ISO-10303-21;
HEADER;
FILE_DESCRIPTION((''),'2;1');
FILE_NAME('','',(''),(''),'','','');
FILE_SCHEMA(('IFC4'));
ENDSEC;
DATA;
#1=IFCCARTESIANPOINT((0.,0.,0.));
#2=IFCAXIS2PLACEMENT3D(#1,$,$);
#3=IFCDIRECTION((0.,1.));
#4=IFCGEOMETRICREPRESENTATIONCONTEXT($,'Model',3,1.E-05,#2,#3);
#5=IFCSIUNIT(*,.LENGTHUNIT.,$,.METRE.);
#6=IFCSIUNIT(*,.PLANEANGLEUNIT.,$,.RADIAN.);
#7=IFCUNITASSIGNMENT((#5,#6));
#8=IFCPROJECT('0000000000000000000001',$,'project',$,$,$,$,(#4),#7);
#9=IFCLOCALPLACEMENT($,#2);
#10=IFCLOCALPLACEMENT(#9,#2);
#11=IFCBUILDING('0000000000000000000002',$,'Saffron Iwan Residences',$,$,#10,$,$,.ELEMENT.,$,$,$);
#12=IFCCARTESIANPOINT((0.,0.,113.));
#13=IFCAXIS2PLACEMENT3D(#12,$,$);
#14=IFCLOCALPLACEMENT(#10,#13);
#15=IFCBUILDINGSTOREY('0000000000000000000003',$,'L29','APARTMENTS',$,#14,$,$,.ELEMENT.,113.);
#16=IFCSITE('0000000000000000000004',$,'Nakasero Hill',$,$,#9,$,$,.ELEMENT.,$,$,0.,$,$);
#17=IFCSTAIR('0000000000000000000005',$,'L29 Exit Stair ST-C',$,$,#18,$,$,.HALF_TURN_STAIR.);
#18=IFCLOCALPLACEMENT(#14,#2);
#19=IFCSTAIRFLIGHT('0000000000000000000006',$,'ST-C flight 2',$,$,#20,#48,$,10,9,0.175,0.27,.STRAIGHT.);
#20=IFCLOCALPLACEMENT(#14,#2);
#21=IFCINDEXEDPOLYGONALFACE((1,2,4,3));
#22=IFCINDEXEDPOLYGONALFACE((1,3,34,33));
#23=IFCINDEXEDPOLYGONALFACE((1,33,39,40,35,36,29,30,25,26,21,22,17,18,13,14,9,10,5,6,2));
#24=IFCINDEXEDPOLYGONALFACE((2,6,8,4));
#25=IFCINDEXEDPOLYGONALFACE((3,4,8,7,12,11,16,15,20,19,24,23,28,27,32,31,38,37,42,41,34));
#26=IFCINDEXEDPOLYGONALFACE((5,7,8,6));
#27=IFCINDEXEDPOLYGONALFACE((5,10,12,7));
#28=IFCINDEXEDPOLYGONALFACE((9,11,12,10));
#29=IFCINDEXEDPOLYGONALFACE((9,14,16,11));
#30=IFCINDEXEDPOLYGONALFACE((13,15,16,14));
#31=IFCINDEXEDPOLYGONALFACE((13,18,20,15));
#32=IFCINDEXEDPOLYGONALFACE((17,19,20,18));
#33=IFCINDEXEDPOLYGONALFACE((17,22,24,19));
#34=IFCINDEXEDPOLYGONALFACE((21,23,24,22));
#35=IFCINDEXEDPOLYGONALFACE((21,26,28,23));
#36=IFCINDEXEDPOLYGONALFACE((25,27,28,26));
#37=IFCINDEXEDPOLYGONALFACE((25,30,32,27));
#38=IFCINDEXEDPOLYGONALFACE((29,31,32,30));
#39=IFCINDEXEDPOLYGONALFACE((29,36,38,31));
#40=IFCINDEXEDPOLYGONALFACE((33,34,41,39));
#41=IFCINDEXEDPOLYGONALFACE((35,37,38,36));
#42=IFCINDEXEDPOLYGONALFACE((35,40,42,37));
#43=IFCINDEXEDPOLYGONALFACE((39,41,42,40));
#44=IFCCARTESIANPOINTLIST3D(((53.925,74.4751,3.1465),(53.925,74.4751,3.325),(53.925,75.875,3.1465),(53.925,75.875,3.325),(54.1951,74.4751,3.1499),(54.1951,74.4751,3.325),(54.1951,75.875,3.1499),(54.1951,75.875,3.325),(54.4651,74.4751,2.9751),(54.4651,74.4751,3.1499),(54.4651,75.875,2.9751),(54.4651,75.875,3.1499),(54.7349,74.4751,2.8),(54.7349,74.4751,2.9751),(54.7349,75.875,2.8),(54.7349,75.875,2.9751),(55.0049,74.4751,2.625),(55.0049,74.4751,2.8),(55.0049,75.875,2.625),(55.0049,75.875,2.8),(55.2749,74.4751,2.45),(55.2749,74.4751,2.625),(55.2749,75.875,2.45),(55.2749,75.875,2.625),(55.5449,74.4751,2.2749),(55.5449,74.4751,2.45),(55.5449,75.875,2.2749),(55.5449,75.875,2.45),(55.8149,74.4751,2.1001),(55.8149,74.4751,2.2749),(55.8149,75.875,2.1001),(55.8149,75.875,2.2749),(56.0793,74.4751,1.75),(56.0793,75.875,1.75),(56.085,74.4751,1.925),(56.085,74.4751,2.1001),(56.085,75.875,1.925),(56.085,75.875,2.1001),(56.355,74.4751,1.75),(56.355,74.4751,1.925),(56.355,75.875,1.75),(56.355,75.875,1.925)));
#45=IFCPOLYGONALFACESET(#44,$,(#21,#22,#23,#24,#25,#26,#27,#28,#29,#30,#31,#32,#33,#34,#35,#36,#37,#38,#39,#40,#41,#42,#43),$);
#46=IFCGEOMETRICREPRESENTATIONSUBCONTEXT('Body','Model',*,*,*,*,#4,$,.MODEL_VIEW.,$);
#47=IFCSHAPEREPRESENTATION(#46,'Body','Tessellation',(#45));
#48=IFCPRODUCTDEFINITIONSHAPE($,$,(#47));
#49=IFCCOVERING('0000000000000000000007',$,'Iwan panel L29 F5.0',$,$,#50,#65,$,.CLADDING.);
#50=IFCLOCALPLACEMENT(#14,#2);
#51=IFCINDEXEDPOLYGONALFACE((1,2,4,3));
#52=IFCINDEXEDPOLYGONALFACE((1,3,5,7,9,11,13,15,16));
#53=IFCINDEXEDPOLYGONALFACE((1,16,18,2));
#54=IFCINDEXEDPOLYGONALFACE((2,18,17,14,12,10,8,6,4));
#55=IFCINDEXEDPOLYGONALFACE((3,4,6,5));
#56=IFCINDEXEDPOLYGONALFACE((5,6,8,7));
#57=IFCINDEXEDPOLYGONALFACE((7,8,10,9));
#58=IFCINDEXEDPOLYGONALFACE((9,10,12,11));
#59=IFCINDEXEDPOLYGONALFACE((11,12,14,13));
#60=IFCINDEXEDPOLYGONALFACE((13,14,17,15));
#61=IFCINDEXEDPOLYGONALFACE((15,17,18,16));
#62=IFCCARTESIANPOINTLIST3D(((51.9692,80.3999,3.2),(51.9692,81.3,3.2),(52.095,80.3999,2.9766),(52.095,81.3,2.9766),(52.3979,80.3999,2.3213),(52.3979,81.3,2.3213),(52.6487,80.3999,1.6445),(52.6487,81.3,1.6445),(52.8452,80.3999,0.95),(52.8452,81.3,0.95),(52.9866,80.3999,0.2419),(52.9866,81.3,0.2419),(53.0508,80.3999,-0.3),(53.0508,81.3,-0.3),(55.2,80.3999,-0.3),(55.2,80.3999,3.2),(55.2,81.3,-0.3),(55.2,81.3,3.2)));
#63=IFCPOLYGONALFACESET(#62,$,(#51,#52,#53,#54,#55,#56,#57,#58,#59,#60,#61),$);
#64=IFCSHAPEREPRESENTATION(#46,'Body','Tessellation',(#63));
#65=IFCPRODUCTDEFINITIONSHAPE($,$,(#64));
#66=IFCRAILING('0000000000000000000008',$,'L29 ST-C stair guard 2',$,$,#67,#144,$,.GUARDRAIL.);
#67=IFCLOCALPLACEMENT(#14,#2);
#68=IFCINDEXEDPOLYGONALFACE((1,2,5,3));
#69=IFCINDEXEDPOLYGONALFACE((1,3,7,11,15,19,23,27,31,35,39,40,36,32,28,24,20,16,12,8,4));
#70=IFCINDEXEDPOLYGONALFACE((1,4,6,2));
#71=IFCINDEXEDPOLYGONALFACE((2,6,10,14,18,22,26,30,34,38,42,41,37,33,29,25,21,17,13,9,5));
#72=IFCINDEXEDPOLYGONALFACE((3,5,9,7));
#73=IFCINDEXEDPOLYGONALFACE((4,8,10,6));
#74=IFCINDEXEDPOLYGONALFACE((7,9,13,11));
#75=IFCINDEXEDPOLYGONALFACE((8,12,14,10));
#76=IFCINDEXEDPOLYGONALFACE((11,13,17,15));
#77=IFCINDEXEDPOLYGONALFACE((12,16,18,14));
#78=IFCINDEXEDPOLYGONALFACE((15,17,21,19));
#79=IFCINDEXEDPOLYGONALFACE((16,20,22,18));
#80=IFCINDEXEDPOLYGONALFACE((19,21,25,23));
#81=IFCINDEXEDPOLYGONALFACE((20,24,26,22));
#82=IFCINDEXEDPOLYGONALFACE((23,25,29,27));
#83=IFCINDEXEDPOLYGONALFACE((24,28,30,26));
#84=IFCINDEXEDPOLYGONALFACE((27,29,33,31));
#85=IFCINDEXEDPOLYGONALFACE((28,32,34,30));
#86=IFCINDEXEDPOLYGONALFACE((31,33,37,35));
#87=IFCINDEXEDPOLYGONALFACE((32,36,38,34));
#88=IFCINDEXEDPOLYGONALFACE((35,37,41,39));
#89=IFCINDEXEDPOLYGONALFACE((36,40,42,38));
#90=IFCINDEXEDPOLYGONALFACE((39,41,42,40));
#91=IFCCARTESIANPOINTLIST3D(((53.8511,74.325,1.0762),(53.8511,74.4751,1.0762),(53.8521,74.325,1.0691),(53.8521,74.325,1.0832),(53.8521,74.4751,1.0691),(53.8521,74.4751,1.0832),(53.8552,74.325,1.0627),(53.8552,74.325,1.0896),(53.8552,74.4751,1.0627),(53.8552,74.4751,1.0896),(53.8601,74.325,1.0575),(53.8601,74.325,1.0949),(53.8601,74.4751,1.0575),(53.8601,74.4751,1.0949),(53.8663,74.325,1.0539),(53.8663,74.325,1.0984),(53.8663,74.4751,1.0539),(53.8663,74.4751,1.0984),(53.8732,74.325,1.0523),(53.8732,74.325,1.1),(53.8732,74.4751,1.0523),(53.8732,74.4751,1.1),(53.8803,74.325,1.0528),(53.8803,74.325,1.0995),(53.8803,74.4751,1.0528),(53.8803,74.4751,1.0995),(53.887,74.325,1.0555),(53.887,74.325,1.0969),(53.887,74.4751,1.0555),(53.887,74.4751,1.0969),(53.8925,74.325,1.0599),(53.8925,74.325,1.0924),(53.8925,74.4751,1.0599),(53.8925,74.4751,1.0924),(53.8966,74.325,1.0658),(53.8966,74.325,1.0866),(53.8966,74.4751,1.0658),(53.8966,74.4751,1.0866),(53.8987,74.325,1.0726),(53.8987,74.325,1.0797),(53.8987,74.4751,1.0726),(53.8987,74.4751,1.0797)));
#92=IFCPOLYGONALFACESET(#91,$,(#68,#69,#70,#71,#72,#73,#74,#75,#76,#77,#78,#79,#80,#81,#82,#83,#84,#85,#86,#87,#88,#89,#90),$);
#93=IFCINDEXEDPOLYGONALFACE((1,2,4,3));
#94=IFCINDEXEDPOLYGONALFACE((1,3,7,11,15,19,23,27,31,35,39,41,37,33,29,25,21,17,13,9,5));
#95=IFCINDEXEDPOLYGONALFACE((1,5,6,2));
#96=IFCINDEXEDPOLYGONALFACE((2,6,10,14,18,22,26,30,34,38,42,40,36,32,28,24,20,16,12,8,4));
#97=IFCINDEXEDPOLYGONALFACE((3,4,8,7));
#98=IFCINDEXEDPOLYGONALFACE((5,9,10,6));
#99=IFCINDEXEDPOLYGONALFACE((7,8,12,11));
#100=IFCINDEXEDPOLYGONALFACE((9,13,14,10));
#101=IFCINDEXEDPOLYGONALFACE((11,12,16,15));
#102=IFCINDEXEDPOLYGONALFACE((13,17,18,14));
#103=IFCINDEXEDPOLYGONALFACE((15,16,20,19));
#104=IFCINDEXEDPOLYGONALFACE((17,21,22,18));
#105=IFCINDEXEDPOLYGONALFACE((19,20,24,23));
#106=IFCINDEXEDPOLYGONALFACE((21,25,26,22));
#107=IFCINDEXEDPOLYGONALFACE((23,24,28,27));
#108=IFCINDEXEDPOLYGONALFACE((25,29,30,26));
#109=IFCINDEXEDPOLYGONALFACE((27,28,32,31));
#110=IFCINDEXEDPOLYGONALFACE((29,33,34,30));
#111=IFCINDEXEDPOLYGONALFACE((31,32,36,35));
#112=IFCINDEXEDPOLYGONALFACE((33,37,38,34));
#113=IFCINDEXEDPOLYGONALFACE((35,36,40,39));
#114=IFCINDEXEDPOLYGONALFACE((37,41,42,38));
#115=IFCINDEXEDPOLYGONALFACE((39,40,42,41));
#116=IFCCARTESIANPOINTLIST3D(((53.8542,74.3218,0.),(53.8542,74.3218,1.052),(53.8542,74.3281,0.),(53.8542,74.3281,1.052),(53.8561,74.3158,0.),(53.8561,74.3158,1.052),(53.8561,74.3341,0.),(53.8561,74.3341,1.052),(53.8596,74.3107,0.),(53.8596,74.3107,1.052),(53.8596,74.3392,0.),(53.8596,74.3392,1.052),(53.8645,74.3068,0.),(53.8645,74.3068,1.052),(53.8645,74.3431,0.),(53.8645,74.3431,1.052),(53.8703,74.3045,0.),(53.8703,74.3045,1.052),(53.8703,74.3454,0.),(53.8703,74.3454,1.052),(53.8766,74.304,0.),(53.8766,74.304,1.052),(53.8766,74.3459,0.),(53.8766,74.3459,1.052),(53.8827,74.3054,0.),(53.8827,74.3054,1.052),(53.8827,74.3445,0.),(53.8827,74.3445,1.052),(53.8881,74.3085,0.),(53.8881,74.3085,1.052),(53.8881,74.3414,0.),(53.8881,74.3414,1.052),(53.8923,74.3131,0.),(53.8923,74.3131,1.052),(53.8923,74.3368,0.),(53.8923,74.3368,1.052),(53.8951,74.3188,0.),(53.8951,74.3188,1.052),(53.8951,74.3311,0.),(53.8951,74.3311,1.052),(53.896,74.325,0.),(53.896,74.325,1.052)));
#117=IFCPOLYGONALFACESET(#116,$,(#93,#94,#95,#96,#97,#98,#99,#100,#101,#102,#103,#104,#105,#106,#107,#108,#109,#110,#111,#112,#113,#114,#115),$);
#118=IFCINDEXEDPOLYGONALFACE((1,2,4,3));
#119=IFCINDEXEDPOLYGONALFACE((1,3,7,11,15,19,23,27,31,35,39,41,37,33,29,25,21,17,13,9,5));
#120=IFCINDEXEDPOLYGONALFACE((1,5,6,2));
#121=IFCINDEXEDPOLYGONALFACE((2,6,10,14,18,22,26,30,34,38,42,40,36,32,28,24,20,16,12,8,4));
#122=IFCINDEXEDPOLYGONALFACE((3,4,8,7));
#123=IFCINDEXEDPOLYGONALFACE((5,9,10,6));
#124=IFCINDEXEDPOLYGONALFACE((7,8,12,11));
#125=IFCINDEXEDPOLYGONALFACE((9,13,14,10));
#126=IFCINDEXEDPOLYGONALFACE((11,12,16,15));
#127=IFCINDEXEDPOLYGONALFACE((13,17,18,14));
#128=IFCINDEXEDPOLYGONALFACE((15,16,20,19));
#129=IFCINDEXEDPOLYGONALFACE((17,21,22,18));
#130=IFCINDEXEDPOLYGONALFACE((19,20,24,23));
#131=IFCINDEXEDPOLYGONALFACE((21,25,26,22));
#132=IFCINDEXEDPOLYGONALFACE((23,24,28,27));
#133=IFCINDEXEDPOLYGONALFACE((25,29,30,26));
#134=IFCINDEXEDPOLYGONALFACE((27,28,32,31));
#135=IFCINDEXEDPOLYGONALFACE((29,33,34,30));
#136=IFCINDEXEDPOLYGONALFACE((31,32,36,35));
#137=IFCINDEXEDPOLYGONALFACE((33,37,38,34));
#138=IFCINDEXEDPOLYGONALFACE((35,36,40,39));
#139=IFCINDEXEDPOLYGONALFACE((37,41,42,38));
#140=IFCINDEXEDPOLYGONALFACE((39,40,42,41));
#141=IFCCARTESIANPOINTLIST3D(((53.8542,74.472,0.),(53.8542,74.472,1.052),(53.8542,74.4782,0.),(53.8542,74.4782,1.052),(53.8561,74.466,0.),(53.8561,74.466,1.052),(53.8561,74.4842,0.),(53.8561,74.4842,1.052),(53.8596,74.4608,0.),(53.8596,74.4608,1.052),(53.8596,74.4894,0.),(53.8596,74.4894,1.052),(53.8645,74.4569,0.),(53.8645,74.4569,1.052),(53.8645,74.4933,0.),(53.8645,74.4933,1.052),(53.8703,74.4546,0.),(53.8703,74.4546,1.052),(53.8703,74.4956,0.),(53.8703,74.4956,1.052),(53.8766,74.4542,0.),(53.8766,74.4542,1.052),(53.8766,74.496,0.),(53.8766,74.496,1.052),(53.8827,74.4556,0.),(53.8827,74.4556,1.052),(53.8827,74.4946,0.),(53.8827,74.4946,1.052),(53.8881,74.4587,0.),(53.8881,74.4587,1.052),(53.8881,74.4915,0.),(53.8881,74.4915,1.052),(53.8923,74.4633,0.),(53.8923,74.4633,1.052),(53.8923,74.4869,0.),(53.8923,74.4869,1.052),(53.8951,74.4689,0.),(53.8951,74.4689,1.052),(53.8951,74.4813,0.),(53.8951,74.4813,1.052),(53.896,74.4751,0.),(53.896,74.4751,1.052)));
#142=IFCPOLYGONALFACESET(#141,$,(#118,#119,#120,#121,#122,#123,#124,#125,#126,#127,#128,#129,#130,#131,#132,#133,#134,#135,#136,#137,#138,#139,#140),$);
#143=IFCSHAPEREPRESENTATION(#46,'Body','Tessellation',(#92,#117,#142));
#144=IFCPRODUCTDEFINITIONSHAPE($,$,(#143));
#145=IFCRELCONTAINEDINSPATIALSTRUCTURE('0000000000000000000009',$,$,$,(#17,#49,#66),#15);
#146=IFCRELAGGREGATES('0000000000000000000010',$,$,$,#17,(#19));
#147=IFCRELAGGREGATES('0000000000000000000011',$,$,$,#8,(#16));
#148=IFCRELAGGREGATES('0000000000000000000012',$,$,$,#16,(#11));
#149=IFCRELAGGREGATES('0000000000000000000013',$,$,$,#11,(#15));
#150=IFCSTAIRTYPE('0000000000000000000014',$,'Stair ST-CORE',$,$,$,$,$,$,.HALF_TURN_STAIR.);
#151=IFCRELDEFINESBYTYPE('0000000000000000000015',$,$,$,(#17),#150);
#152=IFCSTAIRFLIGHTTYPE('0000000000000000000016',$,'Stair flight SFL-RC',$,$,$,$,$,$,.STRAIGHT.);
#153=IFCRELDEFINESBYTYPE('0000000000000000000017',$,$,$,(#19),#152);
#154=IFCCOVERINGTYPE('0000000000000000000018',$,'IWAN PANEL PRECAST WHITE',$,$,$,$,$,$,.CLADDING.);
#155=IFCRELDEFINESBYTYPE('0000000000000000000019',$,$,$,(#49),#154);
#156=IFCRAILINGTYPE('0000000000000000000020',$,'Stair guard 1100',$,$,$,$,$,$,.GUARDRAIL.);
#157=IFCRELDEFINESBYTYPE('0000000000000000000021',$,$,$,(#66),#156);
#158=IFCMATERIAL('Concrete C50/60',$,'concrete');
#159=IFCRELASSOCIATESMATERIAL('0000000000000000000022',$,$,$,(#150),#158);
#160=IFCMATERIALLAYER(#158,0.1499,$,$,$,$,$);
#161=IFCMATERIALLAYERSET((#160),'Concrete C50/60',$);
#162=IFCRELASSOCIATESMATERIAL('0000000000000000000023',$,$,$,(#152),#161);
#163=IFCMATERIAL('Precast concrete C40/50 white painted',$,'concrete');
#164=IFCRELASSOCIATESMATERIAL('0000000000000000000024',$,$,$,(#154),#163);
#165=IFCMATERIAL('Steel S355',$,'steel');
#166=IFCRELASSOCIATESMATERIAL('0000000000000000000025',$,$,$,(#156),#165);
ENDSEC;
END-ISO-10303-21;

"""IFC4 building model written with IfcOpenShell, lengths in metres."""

from ifc_helpers import new_model, si_unit, direction, frame, origin, origin_2d, place, context, subcontext, project, spatial, polyline, circle, outline, extrude, material, layer, layer_set, type_object, element, aggregate, save


model = new_model("IFC4")

# Units and contexts
model_context = context("Model", 3, precision=1e-05, world=origin(), true_north=direction((0.0, 1.0)))
body_context = subcontext(model_context, "Body", "Model", "MODEL_VIEW")
ifc_project = project(units=[si_unit("LENGTHUNIT", "METRE"), si_unit("PLANEANGLEUNIT", "RADIAN")], contexts=[model_context])

# Site, building, storey
site_placement = place(None, origin())
site = spatial("IfcSite", under=ifc_project, at=site_placement, Name="Nakasero Hill", CompositionType="ELEMENT", RefElevation=0.0)
building_placement = place(site_placement, origin())
building = spatial("IfcBuilding", under=site, at=building_placement, Name="Saffron Iwan Residences", CompositionType="ELEMENT")
storey_placement = place(building_placement, frame((0.0, 0.0, 113.0)))
storey = spatial("IfcBuildingStorey", under=building, at=storey_placement, Name="L29", Description="APARTMENTS", CompositionType="ELEMENT", Elevation=113.0)

# Shared definitions
ifc_material_1 = material(Name="Concrete C50/60", Category="concrete")

# Stair, stair flight
stair_type = type_object("IfcStairType", Name="Stair ST-CORE", PredefinedType="HALF_TURN_STAIR", material=ifc_material_1)
stair_placement = place(storey_placement, origin())
stair = element("IfcStair", 1, at=stair_placement, inside=storey, type_object=stair_type, Name="L29 Exit Stair ST-C", PredefinedType="HALF_TURN_STAIR")
ifc_layer_1 = layer(ifc_material_1, 0.1499)
ifc_layer_set_1 = layer_set([ifc_layer_1], Name="Concrete C50/60")
stair_flight_type = type_object("IfcStairFlightType", Name="Stair flight SFL-RC", PredefinedType="STRAIGHT", material=ifc_layer_set_1)
stair_flight_1_placement = place(storey_placement, frame((56.355, 75.175, 1.75), z_axis=(0.0, 0.0, 1.0), x_axis=(-1.0, 0.0, 0.0)))
stair_flight_1 = element("IfcStairFlight", 2, at=stair_flight_1_placement, type_object=stair_flight_type, Name="ST-C flight 2", NumberOfRisers=10, NumberOfTreads=9, PredefinedType="STRAIGHT", RiserHeight=0.175, TreadLength=0.27, context=body_context, shape_type="SweptSolid", body=[
    extrude(outline(polyline([(0.0, 0.0), (0.0, 0.175), (0.27, 0.175), (0.27, 0.3501), (0.54, 0.3501), (0.54, 0.5249), (0.8101, 0.5249), (0.8101, 0.7), (1.0801, 0.7), (1.0801, 0.875), (1.3501, 0.875), (1.3501, 1.05), (1.6201, 1.05), (1.6201, 1.2251), (1.8899, 1.2251), (1.8899, 1.3999), (2.1599, 1.3999), (2.1599, 1.575), (2.4299, 1.575), (2.4299, 1.75), (2.4299, 1.3965), (0.2756, 0.0), (0.0, 0.0)])), frame((0.0, 0.7, 0.0), z_axis=(0.0, -1.0, 0.0), x_axis=(1.0, 0.0, 0.0)), (0.0, 0.0, 1.0), 1.3999),
])
aggregate(stair, [stair_flight_1])

# Covering
ifc_material_2 = material(Name="Precast concrete C40/50 white painted", Category="concrete")
covering_type = type_object("IfcCoveringType", Name="IWAN PANEL PRECAST WHITE", PredefinedType="CLADDING", material=ifc_material_2)
covering_1_placement = place(storey_placement, frame((55.2, 80.3999, -0.3), z_axis=(0.0, 1.0, 0.0), x_axis=(-1.0, 0.0, 0.0)))
element("IfcCovering", 3, at=covering_1_placement, inside=storey, type_object=covering_type, Name="Iwan panel L29 F5.0", PredefinedType="CLADDING", context=body_context, shape_type="SweptSolid", body=[
    extrude(outline(polyline([(0.0, 0.0), (0.0, 3.5), (3.2307, 3.5), (3.105, 3.2766), (2.802, 2.6213), (2.5513, 1.9446), (2.3547, 1.25), (2.2134, 0.542), (2.1492, 0.0), (0.0, 0.0)])), origin(), (0.0, 0.0, 1.0), 0.9001),
])

# Railing
ifc_material_3 = material(Name="Steel S355", Category="steel")
railing_type_1 = type_object("IfcRailingType", Name="Stair guard 1100", PredefinedType="GUARDRAIL", material=ifc_material_3)
railing_1_placement = place(storey_placement, frame((53.875, 74.325, 0.0)))
element("IfcRailing", 4, at=railing_1_placement, inside=storey, type_object=railing_type_1, Name="L29 ST-C stair guard 2", PredefinedType="GUARDRAIL", context=body_context, shape_type="SweptSolid", body=[
    extrude(circle(Radius=0.0239, at=origin_2d()), frame((0.0, 0.0, 1.0762), z_axis=(0.0, 1.0, 0.0), x_axis=(-1.0, 0.0, 0.0)), (0.0, 0.0, 1.0), 0.1501),
    extrude(circle(Radius=0.021, at=origin_2d()), origin(), (0.0, 0.0, 1.0), 1.052),
    extrude(circle(Radius=0.021, at=origin_2d()), frame((0.0, 0.1501, 0.0)), (0.0, 0.0, 1.0), 1.052),
])

save(model, "model.ifc")
